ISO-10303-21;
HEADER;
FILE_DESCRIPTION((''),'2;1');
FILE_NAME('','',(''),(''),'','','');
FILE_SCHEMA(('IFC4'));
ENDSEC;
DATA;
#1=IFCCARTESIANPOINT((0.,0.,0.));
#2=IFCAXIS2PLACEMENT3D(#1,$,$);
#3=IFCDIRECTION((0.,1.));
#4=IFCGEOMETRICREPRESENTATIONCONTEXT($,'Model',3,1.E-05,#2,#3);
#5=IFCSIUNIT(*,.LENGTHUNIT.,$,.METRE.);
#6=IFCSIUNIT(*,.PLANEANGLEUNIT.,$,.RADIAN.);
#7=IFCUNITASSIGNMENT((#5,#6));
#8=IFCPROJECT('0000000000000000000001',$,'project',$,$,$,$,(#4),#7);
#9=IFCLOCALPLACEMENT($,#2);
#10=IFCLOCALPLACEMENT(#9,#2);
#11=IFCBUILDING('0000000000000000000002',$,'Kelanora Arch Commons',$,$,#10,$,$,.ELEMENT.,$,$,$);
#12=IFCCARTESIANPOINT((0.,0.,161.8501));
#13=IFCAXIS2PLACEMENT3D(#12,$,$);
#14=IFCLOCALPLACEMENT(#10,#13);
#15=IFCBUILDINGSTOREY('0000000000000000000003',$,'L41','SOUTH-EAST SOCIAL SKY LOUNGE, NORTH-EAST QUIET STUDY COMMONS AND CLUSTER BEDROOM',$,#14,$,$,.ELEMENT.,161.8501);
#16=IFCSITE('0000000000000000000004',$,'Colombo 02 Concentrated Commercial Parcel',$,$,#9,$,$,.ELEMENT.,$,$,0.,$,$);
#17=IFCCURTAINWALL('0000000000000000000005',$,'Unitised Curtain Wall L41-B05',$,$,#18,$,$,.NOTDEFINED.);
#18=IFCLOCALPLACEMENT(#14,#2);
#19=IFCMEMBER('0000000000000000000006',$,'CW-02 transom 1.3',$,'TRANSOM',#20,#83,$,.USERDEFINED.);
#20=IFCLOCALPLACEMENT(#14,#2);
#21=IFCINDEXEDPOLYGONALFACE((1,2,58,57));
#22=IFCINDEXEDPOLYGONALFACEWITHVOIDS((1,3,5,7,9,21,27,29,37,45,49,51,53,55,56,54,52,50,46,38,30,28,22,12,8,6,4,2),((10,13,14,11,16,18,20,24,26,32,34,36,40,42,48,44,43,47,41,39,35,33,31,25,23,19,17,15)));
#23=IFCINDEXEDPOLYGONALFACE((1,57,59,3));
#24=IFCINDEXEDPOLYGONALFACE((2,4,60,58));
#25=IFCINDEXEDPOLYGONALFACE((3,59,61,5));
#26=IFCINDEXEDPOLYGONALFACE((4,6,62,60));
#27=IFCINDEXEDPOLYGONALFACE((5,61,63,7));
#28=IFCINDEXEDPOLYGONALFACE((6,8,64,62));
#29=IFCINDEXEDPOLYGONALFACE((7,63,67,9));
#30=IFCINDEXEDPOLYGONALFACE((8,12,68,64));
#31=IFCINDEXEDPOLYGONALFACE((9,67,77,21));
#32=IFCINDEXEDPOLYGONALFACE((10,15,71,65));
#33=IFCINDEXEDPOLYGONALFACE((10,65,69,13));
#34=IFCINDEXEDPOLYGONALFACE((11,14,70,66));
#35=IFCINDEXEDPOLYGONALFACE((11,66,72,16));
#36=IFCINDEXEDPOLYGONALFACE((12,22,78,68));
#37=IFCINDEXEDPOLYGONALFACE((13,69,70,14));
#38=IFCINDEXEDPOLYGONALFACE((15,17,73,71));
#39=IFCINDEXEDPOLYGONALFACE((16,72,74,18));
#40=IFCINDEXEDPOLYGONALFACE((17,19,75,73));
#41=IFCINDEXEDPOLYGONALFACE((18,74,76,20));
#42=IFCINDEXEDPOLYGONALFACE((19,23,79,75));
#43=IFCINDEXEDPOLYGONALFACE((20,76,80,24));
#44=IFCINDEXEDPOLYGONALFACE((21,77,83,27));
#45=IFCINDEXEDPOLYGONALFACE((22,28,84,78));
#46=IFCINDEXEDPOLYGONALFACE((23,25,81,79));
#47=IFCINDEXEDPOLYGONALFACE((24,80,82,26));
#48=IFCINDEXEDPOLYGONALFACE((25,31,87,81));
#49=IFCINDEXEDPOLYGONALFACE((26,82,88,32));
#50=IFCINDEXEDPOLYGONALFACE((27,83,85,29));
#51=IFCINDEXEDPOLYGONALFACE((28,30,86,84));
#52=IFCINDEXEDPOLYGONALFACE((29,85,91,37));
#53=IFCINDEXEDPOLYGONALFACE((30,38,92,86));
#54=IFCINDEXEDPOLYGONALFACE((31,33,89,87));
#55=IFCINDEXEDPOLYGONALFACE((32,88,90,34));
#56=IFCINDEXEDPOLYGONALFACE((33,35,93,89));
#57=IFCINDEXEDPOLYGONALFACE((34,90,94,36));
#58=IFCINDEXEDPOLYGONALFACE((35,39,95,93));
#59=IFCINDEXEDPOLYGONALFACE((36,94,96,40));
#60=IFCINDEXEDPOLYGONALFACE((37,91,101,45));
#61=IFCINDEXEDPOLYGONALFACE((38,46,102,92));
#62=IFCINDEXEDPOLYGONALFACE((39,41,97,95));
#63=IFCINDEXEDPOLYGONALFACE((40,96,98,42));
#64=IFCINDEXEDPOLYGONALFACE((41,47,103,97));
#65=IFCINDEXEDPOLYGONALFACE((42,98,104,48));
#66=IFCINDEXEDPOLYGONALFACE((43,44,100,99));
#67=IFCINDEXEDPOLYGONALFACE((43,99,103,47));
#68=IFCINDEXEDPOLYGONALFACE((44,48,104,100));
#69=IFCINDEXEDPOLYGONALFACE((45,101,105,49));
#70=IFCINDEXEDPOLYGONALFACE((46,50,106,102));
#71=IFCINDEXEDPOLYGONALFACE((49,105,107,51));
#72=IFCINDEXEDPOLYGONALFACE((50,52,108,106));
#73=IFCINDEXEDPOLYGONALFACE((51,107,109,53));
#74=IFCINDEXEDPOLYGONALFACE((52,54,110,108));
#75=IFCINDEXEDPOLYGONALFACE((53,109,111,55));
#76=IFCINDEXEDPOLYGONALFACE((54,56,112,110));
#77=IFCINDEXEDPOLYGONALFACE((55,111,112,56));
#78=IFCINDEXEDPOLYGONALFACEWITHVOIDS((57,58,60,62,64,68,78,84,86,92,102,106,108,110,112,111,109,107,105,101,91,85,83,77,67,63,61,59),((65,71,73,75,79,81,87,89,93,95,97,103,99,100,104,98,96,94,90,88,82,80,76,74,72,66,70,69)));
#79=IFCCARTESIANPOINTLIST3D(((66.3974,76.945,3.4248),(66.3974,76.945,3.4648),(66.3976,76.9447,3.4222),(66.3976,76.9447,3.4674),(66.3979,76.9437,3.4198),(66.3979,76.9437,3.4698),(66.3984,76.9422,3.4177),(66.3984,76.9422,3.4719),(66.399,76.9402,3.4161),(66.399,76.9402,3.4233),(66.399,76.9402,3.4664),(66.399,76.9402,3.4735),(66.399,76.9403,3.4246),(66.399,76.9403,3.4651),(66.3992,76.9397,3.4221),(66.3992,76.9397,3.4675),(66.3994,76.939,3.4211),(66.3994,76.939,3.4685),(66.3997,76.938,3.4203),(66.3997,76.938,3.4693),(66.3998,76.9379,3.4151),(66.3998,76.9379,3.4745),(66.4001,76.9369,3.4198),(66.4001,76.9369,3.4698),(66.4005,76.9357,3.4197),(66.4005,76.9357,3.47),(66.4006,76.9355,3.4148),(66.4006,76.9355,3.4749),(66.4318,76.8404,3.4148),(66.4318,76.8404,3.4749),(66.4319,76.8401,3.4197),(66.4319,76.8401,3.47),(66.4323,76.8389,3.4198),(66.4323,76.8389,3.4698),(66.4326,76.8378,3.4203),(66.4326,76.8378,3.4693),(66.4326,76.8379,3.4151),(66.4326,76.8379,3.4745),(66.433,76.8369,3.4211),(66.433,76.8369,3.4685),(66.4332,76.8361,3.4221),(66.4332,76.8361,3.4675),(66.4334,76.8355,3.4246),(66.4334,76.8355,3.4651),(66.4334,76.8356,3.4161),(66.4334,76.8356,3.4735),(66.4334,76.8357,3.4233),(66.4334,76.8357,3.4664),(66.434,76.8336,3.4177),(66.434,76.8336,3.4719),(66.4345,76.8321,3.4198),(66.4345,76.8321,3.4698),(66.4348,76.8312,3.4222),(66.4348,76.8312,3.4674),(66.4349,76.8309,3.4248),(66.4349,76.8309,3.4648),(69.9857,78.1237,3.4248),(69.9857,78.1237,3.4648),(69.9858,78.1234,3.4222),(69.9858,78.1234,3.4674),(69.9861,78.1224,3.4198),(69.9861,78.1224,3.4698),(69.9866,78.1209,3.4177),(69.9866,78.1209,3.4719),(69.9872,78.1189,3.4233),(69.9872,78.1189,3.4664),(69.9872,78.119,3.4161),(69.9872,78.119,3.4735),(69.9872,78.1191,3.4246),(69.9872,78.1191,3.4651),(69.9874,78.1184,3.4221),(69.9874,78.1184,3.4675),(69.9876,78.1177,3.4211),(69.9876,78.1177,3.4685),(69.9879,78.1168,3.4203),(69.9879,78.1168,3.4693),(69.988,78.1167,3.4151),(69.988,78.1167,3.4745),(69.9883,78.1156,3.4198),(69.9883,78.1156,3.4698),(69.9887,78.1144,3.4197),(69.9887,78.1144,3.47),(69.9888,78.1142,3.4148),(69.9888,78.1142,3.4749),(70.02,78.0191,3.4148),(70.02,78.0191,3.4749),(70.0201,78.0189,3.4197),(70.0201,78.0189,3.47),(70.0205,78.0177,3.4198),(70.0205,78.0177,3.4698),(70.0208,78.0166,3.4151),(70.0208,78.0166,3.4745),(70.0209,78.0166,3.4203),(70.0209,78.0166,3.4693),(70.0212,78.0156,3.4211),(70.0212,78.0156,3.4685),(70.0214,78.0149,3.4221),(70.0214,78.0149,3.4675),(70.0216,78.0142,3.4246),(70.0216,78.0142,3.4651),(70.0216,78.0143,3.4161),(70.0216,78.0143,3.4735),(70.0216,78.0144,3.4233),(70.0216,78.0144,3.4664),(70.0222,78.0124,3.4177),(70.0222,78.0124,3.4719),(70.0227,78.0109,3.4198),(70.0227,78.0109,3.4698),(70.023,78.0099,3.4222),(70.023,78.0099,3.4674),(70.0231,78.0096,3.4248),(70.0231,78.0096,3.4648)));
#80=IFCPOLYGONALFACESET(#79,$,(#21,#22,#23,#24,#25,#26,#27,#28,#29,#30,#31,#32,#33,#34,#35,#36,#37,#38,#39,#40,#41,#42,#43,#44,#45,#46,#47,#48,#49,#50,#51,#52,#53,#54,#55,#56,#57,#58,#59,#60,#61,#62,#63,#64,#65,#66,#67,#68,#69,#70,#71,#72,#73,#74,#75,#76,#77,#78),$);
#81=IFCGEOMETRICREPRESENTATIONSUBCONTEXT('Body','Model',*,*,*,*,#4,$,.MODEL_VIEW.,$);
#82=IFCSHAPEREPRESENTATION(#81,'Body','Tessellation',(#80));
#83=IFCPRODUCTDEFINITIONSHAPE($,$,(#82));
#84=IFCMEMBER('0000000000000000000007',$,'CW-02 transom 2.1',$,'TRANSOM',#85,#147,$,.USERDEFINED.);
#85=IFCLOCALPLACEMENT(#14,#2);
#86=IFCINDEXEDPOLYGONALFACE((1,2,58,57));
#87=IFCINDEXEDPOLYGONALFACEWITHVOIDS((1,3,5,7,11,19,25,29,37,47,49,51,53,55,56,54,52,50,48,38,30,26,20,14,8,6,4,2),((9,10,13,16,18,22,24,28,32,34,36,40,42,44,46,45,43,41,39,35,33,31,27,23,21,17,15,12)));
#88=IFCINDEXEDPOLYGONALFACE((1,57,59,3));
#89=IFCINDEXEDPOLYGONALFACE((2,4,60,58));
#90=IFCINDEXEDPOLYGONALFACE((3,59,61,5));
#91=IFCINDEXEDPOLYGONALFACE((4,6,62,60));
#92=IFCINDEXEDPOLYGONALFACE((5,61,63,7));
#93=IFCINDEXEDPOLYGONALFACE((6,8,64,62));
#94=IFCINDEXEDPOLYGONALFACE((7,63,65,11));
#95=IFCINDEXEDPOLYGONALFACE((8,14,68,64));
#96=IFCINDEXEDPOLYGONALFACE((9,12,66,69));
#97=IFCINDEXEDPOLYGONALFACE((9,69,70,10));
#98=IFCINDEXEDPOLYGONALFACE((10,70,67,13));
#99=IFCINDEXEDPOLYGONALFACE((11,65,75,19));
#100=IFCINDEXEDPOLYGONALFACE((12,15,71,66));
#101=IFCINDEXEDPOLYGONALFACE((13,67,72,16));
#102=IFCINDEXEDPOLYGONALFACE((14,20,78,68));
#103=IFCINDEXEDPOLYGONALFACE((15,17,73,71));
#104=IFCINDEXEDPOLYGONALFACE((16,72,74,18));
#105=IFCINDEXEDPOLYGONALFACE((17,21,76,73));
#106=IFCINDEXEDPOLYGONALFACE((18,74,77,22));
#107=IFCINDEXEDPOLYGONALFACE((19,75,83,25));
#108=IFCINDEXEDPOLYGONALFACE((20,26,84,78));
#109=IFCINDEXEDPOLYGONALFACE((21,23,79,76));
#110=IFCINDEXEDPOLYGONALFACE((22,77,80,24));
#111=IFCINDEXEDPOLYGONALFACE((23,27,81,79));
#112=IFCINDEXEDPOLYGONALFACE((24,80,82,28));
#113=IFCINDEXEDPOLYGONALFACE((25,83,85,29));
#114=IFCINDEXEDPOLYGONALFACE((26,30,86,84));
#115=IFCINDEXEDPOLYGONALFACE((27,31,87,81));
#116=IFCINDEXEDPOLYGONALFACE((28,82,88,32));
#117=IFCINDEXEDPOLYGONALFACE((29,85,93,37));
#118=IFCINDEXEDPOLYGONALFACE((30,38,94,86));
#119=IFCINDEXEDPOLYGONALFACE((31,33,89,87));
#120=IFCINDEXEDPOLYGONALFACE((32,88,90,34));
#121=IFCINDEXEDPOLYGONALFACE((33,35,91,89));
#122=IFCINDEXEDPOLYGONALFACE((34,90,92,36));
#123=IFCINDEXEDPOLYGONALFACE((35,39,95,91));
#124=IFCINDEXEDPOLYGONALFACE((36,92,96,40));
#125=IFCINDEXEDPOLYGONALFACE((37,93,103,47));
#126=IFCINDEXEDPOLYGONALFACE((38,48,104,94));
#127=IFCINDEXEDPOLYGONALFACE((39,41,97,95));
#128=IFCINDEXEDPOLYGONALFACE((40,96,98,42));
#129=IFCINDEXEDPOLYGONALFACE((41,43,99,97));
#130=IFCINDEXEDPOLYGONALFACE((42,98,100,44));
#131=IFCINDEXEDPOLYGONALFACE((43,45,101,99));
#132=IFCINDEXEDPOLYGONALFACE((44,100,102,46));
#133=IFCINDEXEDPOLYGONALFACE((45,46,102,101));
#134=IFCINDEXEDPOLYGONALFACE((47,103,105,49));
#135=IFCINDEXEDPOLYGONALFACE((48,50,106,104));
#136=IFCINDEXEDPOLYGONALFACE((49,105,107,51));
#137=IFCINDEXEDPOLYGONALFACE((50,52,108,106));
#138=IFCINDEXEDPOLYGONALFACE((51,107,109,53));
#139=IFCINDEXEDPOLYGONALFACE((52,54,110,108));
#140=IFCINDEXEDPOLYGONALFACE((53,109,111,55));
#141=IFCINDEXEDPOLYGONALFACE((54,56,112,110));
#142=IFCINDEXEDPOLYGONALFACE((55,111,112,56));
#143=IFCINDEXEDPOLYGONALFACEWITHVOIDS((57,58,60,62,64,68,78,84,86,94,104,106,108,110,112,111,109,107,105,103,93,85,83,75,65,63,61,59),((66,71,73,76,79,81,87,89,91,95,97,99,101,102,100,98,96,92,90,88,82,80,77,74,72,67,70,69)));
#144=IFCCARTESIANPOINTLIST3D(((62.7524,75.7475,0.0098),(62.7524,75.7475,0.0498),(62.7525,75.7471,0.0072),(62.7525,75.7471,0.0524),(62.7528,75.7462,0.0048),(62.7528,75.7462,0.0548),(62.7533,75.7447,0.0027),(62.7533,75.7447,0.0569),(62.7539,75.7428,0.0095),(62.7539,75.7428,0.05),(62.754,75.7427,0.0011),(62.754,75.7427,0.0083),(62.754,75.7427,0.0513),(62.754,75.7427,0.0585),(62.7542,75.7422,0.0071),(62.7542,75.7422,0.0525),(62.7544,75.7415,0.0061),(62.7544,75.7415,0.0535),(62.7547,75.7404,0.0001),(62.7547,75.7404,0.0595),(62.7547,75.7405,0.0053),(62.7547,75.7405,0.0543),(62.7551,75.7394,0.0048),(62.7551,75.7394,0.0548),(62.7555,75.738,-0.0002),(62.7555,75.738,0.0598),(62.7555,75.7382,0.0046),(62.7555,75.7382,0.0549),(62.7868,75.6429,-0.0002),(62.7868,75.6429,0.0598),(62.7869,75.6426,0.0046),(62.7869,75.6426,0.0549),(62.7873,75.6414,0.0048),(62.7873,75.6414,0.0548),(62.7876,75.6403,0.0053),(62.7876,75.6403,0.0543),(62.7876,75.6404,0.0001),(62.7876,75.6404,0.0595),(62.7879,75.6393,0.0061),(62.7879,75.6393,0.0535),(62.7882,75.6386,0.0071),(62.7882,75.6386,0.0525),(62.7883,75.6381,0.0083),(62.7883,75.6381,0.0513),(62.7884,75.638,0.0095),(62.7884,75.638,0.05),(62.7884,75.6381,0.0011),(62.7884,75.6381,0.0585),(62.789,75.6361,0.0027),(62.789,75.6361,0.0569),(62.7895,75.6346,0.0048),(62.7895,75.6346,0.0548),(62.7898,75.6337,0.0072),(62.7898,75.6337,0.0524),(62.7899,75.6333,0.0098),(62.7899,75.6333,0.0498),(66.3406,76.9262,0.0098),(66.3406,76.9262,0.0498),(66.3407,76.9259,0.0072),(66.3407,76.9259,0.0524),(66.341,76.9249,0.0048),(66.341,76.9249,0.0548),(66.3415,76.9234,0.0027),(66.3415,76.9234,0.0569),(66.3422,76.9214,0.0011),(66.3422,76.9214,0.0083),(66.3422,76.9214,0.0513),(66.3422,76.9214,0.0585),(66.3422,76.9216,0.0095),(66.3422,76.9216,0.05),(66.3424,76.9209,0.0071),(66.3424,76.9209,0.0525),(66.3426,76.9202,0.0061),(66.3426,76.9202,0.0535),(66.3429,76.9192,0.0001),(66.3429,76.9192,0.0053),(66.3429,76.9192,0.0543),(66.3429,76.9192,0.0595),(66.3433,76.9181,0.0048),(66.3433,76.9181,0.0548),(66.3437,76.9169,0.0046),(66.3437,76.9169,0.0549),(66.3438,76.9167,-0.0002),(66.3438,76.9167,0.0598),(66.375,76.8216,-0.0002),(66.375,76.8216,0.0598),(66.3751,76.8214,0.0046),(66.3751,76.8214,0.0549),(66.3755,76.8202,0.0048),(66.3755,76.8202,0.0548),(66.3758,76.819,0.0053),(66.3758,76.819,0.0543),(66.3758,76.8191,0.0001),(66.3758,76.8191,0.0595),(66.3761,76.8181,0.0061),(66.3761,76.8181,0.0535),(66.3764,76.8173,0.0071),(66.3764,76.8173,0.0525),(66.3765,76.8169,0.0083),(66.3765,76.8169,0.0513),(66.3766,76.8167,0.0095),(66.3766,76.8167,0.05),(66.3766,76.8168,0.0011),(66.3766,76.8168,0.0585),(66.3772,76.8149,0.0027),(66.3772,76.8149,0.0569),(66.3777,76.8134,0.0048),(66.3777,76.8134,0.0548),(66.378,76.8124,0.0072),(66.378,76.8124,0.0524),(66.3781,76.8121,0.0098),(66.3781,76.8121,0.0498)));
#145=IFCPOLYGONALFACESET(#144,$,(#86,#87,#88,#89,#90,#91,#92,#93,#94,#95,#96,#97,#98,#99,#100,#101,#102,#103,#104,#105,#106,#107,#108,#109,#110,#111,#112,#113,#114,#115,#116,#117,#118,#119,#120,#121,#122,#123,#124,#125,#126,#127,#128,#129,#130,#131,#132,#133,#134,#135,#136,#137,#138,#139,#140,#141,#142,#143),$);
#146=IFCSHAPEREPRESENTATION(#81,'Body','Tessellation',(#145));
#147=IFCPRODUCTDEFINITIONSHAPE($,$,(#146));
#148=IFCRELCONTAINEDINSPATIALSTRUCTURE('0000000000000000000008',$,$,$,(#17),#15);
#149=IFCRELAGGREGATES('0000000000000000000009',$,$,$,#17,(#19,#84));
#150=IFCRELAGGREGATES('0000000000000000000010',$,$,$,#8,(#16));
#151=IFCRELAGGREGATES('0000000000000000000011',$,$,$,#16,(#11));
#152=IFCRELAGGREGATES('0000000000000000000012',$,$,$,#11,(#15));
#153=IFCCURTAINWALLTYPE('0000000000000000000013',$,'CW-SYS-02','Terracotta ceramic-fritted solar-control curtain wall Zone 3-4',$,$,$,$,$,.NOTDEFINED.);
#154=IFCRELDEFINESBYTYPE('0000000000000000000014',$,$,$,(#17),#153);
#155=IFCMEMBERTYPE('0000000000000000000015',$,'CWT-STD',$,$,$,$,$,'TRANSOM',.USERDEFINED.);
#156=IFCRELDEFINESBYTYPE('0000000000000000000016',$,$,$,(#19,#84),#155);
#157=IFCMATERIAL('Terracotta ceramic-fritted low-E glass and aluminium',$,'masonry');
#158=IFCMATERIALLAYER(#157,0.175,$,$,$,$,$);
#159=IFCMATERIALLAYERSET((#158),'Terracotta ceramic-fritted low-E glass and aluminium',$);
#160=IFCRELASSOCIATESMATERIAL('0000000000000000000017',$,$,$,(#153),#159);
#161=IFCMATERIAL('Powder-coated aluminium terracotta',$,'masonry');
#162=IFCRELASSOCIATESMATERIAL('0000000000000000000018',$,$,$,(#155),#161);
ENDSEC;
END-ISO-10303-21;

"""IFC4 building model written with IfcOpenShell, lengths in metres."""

from ifc_helpers import new_model, si_unit, direction, frame, origin, origin_2d, place, context, subcontext, project, spatial, hollow_rectangle, extrude, material, layer, layer_set, material_profile, profile_set, type_object, element, aggregate, save


model = new_model("IFC4")

# Units and contexts
model_context = context("Model", 3, precision=1e-05, world=origin(), true_north=direction((0.0, 1.0)))
body_context = subcontext(model_context, "Body", "Model", "MODEL_VIEW")
ifc_project = project(units=[si_unit("LENGTHUNIT", "METRE"), si_unit("PLANEANGLEUNIT", "RADIAN")], contexts=[model_context])

# Site, building, storey
site_placement = place(None, origin())
site = spatial("IfcSite", under=ifc_project, at=site_placement, Name="Colombo 02 Concentrated Commercial Parcel", CompositionType="ELEMENT", RefElevation=0.0)
building_placement = place(site_placement, origin())
building = spatial("IfcBuilding", under=site, at=building_placement, Name="Kelanora Arch Commons", CompositionType="ELEMENT")
storey_placement = place(building_placement, frame((0.0, 0.0, 161.8501)))
storey = spatial("IfcBuildingStorey", under=building, at=storey_placement, Name="L41", Description="SOUTH-EAST SOCIAL SKY LOUNGE, NORTH-EAST QUIET STUDY COMMONS AND CLUSTER BEDROOM", CompositionType="ELEMENT", Elevation=161.8501)

# Curtain wall, members
ifc_material_1 = material(Name="Terracotta ceramic-fritted low-E glass and aluminium", Category="masonry")
ifc_layer_1 = layer(ifc_material_1, 0.175)
ifc_layer_set_1 = layer_set([ifc_layer_1], Name="Terracotta ceramic-fritted low-E glass and aluminium")
curtain_wall_type = type_object("IfcCurtainWallType", Name="CW-SYS-02", Description="Terracotta ceramic-fritted solar-control curtain wall Zone 3-4", PredefinedType="NOTDEFINED", material=ifc_layer_set_1)
curtain_wall_placement = place(storey_placement, origin())
curtain_wall = element("IfcCurtainWall", 1, at=curtain_wall_placement, inside=storey, type_object=curtain_wall_type, Name="Unitised Curtain Wall L41-B05", PredefinedType="NOTDEFINED")
ifc_material_2 = material(Name="Powder-coated aluminium terracotta", Category="masonry")
ifc_material_profile_1 = material_profile(ifc_material_2, hollow_rectangle(XDim=0.1201, YDim=0.0601, WallThickness=0.0049, InnerFilletRadius=0.0049, OuterFilletRadius=0.01, at=origin_2d()), Name="CWT120x60")
ifc_profile_set_1 = profile_set([ifc_material_profile_1], Name="Powder-coated aluminium terracotta")
member_type_1 = type_object("IfcMemberType", Name="CWT-STD", ElementType="TRANSOM", PredefinedType="USERDEFINED", material=ifc_profile_set_1)
member_1_placement = place(storey_placement, frame((70.0044, 78.0667, 3.4448), z_axis=(-0.950051, -0.312094, 0.0), x_axis=(0.312094, -0.950051, 0.0)))
member_1 = element("IfcMember", 2, at=member_1_placement, type_object=member_type_1, Name="CW-02 transom 1.3", ObjectType="TRANSOM", PredefinedType="USERDEFINED", context=body_context, shape_type="SweptSolid", body=[
    extrude(hollow_rectangle(XDim=0.1201, YDim=0.0601, WallThickness=0.0049, InnerFilletRadius=0.0049, OuterFilletRadius=0.01, at=origin_2d()), origin(), (0.0, 0.0, 1.0), 3.7769),
])
member_2_placement = place(storey_placement, frame((66.3594, 76.8691, 0.0298), z_axis=(-0.950051, -0.312094, 0.0), x_axis=(0.312094, -0.950051, 0.0)))
member_2 = element("IfcMember", 3, at=member_2_placement, type_object=member_type_1, Name="CW-02 transom 2.1", ObjectType="TRANSOM", PredefinedType="USERDEFINED", context=body_context, shape_type="SweptSolid", body=[
    extrude(hollow_rectangle(XDim=0.1201, YDim=0.0601, WallThickness=0.0049, InnerFilletRadius=0.0049, OuterFilletRadius=0.01, at=origin_2d()), origin(), (0.0, 0.0, 1.0), 3.7769),
])
aggregate(curtain_wall, [member_1, member_2])

save(model, "model.ifc")
